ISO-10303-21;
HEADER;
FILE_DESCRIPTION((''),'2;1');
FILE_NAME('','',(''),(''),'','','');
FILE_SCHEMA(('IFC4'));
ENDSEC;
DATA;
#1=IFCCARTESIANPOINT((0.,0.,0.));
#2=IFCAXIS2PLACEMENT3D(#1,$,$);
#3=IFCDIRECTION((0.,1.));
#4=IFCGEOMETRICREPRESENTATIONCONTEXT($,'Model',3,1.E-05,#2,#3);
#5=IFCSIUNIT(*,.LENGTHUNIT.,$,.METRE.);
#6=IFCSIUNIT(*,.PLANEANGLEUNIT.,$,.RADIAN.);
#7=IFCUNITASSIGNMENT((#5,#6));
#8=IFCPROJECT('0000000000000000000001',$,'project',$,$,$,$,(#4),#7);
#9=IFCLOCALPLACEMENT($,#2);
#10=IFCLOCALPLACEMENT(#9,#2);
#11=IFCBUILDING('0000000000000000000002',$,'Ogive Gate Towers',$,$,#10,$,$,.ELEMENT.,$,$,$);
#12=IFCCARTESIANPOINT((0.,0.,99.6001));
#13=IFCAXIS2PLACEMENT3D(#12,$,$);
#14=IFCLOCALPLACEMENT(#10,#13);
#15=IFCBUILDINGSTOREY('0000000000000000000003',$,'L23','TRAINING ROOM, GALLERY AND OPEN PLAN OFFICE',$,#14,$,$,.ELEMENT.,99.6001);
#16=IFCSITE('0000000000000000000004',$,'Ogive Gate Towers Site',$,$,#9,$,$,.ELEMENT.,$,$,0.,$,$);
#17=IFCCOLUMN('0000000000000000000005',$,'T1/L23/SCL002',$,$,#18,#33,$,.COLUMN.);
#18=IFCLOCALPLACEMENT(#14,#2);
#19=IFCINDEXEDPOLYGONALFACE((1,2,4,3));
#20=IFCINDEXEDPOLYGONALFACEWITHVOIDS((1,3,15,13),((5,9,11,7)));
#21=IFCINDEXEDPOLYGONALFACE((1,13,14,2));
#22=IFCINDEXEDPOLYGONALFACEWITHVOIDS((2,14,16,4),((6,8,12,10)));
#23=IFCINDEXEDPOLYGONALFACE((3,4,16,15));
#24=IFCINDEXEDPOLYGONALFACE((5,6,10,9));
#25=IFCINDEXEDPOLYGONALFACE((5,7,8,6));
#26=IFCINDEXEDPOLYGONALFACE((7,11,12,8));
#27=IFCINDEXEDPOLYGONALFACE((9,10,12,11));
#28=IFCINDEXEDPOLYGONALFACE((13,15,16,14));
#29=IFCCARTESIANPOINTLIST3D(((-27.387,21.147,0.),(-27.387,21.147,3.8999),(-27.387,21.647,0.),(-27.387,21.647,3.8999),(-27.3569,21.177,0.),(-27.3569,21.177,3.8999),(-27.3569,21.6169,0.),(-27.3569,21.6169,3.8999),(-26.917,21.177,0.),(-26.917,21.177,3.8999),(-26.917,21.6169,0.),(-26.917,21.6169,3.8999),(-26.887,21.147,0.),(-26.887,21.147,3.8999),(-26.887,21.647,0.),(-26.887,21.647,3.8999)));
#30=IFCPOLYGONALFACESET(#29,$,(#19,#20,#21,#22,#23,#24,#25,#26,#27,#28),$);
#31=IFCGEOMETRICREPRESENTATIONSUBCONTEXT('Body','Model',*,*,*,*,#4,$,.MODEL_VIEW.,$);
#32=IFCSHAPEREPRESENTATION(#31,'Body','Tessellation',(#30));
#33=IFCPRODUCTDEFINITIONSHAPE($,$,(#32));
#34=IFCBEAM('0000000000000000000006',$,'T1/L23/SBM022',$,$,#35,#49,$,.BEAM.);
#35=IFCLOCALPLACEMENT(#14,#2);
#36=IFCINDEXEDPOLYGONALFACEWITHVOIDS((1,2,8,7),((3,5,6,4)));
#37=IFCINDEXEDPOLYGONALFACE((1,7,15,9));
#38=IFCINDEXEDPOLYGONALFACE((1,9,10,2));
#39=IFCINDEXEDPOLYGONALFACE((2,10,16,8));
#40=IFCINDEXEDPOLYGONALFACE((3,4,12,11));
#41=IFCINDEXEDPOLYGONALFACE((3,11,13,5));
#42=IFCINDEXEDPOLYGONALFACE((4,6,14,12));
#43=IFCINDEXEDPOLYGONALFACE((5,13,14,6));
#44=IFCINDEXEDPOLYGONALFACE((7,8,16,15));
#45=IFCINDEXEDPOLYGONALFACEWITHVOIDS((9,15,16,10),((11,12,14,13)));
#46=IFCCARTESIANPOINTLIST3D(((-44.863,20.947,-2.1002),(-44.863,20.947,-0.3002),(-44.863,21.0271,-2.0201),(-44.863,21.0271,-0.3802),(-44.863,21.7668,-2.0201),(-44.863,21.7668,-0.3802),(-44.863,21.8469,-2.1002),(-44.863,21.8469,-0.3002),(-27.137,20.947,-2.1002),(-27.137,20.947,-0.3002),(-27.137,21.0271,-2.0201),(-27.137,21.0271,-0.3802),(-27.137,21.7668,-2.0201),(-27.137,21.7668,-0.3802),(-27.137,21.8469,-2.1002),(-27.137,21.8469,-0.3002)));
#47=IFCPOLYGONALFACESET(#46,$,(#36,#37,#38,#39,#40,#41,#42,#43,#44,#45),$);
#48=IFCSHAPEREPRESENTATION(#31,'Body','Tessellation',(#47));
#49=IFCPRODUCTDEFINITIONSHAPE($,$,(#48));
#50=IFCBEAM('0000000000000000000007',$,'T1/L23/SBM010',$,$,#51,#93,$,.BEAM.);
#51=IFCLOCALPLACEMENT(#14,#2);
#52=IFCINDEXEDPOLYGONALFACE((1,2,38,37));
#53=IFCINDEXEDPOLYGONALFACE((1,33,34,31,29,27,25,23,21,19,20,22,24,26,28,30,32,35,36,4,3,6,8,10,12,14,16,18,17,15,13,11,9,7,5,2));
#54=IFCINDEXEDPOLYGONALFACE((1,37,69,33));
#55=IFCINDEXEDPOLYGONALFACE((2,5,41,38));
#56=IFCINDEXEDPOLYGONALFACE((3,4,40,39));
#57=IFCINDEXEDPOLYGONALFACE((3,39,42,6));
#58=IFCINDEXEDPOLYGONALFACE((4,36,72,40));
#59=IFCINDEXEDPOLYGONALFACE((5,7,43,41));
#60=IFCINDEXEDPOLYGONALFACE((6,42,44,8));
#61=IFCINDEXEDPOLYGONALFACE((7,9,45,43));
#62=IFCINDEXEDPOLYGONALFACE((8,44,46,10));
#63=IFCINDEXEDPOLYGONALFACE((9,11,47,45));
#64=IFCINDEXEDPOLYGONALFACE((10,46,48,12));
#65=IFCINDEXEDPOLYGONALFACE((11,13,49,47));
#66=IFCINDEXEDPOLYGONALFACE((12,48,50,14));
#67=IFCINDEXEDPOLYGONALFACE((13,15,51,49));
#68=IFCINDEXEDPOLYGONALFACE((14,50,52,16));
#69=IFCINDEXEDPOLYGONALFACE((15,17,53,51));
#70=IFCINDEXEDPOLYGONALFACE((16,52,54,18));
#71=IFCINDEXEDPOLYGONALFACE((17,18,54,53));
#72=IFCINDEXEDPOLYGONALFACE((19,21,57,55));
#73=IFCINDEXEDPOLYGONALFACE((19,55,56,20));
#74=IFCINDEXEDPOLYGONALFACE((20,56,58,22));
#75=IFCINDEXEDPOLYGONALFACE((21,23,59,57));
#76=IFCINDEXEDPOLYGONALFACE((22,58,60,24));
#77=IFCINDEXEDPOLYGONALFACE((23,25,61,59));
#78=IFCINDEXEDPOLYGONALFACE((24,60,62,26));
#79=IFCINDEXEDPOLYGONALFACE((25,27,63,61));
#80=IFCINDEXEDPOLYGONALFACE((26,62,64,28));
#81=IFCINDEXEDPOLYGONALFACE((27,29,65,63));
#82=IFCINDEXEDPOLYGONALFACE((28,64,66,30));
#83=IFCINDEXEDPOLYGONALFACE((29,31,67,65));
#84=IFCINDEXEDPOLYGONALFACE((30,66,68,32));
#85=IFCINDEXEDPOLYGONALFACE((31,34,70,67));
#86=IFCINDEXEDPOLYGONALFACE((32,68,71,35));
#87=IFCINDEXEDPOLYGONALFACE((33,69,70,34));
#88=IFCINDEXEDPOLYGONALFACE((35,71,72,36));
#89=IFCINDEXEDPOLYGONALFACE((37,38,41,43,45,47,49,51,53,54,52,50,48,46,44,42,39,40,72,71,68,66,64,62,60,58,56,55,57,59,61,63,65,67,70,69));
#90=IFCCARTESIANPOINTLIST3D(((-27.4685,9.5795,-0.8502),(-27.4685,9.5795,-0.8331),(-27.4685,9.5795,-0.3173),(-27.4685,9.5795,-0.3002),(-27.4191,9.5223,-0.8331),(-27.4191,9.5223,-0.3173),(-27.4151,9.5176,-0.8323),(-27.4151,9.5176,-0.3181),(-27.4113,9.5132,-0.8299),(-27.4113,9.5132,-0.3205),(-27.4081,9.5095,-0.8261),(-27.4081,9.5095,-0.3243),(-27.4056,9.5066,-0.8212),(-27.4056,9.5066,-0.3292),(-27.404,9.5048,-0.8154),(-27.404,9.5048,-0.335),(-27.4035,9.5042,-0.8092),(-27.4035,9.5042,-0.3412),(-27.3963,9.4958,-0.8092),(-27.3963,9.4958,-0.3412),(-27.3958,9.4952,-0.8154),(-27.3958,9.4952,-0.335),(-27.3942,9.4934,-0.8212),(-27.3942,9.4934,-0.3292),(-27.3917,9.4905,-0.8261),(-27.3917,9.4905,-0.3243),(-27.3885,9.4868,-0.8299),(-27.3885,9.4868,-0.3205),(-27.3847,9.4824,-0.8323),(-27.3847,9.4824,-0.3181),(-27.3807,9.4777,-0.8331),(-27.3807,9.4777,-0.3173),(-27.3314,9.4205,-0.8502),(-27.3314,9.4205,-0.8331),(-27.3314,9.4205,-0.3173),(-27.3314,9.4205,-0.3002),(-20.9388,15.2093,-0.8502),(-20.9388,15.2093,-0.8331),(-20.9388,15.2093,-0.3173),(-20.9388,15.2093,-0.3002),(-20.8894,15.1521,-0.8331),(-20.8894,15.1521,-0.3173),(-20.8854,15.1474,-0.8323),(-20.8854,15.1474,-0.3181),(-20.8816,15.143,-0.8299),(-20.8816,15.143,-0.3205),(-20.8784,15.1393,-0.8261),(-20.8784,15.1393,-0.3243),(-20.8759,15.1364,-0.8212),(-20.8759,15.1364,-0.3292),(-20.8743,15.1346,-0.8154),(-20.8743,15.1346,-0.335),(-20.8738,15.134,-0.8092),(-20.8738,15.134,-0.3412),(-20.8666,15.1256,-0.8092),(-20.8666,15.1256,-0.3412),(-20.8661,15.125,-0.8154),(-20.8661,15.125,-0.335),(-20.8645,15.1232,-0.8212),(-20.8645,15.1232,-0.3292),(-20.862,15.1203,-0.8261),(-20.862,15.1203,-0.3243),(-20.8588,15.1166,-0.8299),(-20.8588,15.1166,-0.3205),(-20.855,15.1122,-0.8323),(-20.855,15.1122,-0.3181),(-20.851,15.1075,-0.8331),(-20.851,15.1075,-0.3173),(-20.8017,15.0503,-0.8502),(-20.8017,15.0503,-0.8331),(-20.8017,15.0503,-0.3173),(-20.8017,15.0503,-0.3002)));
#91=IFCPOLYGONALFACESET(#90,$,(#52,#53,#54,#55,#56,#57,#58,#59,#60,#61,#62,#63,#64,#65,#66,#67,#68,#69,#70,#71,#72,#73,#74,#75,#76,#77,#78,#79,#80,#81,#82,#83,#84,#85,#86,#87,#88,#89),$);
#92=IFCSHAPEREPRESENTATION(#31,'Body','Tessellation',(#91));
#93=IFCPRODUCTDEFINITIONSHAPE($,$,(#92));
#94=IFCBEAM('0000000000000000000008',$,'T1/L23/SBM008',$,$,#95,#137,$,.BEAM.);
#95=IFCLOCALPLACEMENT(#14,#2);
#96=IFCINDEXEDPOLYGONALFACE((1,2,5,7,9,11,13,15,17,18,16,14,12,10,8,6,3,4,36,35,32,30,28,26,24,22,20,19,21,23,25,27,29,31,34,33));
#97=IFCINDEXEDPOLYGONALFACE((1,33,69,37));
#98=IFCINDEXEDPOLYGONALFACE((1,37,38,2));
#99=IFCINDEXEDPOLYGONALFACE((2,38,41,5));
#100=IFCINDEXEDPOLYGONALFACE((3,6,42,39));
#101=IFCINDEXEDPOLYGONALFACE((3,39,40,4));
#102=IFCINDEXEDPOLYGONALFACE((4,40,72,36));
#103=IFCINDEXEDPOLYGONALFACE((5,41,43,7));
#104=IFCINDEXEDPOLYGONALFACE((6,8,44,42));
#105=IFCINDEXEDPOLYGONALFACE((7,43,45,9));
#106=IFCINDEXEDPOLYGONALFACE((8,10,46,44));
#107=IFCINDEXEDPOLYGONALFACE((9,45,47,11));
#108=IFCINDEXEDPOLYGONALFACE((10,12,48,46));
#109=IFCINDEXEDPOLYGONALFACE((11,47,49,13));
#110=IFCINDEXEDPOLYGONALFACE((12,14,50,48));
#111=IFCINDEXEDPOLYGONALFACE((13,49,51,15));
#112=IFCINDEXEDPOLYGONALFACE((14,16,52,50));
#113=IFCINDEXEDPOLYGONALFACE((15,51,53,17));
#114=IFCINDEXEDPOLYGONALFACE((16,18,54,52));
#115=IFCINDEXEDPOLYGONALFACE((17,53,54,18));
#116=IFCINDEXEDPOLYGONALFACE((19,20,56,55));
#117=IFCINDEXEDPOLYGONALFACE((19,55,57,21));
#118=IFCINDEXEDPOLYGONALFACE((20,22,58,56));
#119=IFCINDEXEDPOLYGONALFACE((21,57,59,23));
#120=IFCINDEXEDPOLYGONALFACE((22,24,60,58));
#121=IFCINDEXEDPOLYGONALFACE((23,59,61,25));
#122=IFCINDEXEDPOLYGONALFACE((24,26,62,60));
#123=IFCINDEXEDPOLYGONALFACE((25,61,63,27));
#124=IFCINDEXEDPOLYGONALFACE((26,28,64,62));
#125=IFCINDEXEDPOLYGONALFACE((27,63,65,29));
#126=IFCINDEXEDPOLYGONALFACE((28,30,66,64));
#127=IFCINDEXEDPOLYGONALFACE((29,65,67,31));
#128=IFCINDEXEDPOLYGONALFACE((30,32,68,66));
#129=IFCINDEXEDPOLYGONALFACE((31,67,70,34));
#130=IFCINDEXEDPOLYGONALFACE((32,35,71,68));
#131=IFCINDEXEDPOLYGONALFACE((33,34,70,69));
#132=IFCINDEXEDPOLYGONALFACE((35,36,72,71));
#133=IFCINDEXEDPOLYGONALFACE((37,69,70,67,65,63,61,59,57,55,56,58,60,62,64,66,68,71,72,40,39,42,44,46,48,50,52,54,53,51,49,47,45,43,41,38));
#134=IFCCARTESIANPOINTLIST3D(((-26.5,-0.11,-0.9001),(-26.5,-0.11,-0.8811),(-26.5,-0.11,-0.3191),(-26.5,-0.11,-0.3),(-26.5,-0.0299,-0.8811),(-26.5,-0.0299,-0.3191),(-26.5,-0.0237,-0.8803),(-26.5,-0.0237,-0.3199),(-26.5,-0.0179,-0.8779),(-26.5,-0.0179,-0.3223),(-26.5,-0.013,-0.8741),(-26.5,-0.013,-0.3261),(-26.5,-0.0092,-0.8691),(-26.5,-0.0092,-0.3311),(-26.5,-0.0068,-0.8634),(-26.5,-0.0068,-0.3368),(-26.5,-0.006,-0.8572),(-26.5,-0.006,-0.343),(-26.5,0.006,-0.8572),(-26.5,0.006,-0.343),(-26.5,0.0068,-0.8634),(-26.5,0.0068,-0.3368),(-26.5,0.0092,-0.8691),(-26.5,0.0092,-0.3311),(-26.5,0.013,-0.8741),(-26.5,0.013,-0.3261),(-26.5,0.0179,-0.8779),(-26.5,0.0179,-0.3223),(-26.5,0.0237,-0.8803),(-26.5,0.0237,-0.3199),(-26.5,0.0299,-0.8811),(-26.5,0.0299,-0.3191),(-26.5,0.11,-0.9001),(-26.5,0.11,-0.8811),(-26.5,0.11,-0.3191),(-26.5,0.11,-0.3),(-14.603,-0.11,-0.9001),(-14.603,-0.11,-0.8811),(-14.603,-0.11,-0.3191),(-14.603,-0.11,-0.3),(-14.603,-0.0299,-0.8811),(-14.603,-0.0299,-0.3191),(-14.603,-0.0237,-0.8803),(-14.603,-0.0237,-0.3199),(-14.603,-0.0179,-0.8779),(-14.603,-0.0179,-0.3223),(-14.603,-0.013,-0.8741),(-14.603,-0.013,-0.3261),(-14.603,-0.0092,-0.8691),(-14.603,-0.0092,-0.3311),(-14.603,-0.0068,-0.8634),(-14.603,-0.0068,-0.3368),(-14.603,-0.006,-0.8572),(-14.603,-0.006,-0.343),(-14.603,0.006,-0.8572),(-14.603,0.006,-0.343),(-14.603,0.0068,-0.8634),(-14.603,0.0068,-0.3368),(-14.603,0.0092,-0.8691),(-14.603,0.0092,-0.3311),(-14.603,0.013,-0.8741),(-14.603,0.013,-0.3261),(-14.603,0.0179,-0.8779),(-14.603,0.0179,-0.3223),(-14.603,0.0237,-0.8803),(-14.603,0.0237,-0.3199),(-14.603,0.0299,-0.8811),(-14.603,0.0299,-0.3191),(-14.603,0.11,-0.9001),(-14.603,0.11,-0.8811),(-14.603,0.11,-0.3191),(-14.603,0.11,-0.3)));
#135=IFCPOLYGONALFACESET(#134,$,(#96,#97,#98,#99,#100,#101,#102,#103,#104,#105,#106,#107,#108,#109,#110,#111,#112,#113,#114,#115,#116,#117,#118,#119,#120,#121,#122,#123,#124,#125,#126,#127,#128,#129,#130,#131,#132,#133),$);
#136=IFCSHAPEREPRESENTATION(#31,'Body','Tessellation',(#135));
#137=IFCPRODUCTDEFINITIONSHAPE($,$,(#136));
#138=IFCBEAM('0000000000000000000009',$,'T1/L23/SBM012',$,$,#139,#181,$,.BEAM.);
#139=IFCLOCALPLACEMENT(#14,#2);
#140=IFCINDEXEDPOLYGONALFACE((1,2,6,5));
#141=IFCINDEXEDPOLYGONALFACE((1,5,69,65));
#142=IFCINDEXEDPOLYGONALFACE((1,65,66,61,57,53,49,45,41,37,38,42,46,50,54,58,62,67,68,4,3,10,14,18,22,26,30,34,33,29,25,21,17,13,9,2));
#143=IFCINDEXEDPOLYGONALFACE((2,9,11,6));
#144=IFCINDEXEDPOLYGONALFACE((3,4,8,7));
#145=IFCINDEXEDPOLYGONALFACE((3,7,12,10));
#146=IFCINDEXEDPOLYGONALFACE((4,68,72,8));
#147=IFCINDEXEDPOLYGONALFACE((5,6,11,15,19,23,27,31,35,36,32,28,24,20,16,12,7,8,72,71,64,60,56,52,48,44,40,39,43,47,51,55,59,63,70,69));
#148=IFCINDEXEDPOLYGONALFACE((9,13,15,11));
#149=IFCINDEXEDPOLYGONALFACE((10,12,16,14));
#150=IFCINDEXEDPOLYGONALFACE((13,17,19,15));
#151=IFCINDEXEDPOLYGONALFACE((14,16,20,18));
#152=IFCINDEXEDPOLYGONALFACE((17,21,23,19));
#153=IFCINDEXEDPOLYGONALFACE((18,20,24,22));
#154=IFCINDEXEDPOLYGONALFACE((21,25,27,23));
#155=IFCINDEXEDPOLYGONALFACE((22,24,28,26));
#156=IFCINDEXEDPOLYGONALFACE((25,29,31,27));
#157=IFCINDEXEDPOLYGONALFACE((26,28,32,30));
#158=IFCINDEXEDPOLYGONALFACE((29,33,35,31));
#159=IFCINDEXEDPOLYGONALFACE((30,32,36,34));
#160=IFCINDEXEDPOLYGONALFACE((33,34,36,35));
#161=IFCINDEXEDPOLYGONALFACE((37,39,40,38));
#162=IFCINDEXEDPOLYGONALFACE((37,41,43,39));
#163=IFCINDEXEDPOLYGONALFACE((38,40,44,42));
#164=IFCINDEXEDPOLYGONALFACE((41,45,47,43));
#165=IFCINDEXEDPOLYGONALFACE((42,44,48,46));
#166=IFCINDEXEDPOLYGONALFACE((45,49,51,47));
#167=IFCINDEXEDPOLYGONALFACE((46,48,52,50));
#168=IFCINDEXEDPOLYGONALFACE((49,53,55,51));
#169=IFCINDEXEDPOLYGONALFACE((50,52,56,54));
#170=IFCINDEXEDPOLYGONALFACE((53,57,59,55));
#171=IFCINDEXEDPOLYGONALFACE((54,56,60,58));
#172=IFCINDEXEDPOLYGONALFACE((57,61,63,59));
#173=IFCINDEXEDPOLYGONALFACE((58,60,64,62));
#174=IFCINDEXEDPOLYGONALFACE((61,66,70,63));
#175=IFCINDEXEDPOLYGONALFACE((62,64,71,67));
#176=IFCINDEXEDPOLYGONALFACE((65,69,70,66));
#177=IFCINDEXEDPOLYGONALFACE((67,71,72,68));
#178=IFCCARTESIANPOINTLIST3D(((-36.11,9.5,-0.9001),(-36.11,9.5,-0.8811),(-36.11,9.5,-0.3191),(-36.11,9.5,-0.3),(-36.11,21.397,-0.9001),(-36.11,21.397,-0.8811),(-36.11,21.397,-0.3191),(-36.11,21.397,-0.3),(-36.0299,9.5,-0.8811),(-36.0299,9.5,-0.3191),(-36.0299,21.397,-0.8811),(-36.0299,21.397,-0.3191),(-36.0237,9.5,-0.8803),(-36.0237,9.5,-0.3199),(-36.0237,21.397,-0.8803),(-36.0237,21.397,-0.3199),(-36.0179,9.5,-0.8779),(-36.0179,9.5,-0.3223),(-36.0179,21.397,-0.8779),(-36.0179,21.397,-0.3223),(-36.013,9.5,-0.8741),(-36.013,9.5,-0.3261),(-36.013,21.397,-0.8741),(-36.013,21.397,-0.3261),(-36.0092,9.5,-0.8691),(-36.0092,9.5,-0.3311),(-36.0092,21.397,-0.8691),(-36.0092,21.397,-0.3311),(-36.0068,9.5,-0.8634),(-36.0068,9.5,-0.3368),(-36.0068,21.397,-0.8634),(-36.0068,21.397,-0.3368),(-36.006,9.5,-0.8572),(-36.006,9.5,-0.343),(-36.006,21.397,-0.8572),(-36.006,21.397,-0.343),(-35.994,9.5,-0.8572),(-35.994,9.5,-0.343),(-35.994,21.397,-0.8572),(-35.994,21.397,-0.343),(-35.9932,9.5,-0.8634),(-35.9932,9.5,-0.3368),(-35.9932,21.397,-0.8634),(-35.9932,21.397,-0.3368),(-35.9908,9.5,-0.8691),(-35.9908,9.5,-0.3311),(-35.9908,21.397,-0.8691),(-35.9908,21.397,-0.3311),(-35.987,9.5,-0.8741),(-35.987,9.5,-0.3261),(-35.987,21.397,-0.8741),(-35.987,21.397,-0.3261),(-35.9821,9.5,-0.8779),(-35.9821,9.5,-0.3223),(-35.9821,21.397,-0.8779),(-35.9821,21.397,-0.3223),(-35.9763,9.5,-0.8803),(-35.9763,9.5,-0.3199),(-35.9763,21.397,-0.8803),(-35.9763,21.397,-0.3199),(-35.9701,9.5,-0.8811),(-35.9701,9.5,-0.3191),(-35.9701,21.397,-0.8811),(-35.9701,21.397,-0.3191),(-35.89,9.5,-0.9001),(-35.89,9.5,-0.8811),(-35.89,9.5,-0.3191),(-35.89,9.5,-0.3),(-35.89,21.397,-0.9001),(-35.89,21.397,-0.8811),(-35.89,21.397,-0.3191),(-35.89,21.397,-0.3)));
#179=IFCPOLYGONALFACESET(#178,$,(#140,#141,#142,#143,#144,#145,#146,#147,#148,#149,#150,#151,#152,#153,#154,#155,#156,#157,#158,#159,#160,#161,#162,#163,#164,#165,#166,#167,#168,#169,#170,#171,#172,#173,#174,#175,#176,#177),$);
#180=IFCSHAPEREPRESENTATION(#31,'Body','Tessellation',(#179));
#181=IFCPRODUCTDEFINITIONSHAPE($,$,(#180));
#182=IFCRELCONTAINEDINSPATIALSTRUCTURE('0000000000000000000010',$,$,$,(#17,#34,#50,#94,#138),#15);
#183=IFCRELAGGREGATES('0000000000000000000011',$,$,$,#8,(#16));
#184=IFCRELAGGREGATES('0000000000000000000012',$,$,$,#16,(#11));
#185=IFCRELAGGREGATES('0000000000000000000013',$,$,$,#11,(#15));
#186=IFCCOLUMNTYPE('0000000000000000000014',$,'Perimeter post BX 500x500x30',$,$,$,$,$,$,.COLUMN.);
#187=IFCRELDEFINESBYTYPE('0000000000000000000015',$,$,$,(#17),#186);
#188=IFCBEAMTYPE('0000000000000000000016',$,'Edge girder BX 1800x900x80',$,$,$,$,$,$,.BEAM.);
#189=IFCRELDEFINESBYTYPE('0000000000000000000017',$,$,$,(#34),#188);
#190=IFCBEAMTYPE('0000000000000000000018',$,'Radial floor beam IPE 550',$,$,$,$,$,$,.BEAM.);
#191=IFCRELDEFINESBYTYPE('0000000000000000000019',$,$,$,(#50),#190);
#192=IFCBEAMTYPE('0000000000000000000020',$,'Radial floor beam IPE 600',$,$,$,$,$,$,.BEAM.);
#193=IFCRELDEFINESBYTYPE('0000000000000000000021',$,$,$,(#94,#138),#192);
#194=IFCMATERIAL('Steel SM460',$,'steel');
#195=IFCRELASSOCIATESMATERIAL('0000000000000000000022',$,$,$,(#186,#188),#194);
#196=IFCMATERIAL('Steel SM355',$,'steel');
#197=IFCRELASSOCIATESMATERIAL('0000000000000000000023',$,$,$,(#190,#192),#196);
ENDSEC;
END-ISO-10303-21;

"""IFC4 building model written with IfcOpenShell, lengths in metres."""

from ifc_helpers import new_model, si_unit, direction, frame, origin, origin_2d, place, context, subcontext, project, spatial, hollow_rectangle, i_section, extrude, material, material_profile, profile_set, type_object, element, save


model = new_model("IFC4")

# Units and contexts
model_context = context("Model", 3, precision=1e-05, world=origin(), true_north=direction((0.0, 1.0)))
body_context = subcontext(model_context, "Body", "Model", "MODEL_VIEW")
ifc_project = project(units=[si_unit("LENGTHUNIT", "METRE"), si_unit("PLANEANGLEUNIT", "RADIAN")], contexts=[model_context])

# Site, building, storey
site_placement = place(None, origin())
site = spatial("IfcSite", under=ifc_project, at=site_placement, Name="Ogive Gate Towers Site", CompositionType="ELEMENT", RefElevation=0.0)
building_placement = place(site_placement, origin())
building = spatial("IfcBuilding", under=site, at=building_placement, Name="Ogive Gate Towers", CompositionType="ELEMENT")
storey_placement = place(building_placement, frame((0.0, 0.0, 99.6001)))
storey = spatial("IfcBuildingStorey", under=building, at=storey_placement, Name="L23", Description="TRAINING ROOM, GALLERY AND OPEN PLAN OFFICE", CompositionType="ELEMENT", Elevation=99.6001)

# Column
ifc_material_1 = material(Name="Steel SM460", Category="steel")
ifc_material_profile_1 = material_profile(ifc_material_1, hollow_rectangle(XDim=0.5, YDim=0.5, WallThickness=0.03, at=origin_2d()), Name="BX 500x500x30")
ifc_profile_set_1 = profile_set([ifc_material_profile_1], Name="Steel SM460")
column_type = type_object("IfcColumnType", Name="Perimeter post BX 500x500x30", PredefinedType="COLUMN", material=ifc_profile_set_1)
column_placement = place(storey_placement, frame((-27.137, 21.397, 0.0), z_axis=(0.0, 0.0, 1.0), x_axis=(1.0, 0.0, 0.0)))
element("IfcColumn", 1, at=column_placement, inside=storey, type_object=column_type, Name="T1/L23/SCL002", PredefinedType="COLUMN", context=body_context, shape_type="SweptSolid", body=[
    extrude(hollow_rectangle(XDim=0.5, YDim=0.5, WallThickness=0.03, at=origin_2d()), origin(), (0.0, 0.0, 1.0), 3.8999),
])

# Beams
ifc_material_profile_2 = material_profile(ifc_material_1, hollow_rectangle(XDim=0.8999, YDim=1.8, WallThickness=0.0801, at=origin_2d()), Name="BX 1800x900x80")
ifc_profile_set_2 = profile_set([ifc_material_profile_2], Name="Steel SM460")
beam_type_1 = type_object("IfcBeamType", Name="Edge girder BX 1800x900x80", PredefinedType="BEAM", material=ifc_profile_set_2)
beam_1_placement = place(storey_placement, frame((-27.137, 21.397, -1.2002), z_axis=(-1.0, 0.0, 0.0), x_axis=(0.0, -1.0, 0.0)))
element("IfcBeam", 2, at=beam_1_placement, inside=storey, type_object=beam_type_1, Name="T1/L23/SBM022", PredefinedType="BEAM", context=body_context, shape_type="SweptSolid", body=[
    extrude(hollow_rectangle(XDim=0.8999, YDim=1.8, WallThickness=0.0801, at=origin_2d()), origin(), (0.0, 0.0, 1.0), 17.7261),
])
ifc_material_2 = material(Name="Steel SM355", Category="steel")
ifc_material_profile_3 = material_profile(ifc_material_2, i_section(OverallWidth=0.21, OverallDepth=0.55, WebThickness=0.011, FlangeThickness=0.0171, FilletRadius=0.0239, at=origin_2d()), Name="IPE 550")
ifc_profile_set_3 = profile_set([ifc_material_profile_3], Name="Steel SM355")
beam_type_2 = type_object("IfcBeamType", Name="Radial floor beam IPE 550", PredefinedType="BEAM", material=ifc_profile_set_3)
beam_2_placement = place(storey_placement, frame((-27.3999, 9.5, -0.5752), z_axis=(0.757366, 0.65299, 0.0), x_axis=(-0.65299, 0.757366, 0.0)))
element("IfcBeam", 3, at=beam_2_placement, inside=storey, type_object=beam_type_2, Name="T1/L23/SBM010", PredefinedType="BEAM", context=body_context, shape_type="SweptSolid", body=[
    extrude(i_section(OverallWidth=0.21, OverallDepth=0.55, WebThickness=0.011, FlangeThickness=0.0171, FilletRadius=0.0239, at=origin_2d()), origin(), (0.0, 0.0, 1.0), 8.6216),
])
ifc_material_profile_4 = material_profile(ifc_material_2, i_section(OverallWidth=0.22, OverallDepth=0.6001, WebThickness=0.012, FlangeThickness=0.019, FilletRadius=0.0239, at=origin_2d()), Name="IPE 600")
ifc_profile_set_4 = profile_set([ifc_material_profile_4], Name="Steel SM355")
beam_type_3 = type_object("IfcBeamType", Name="Radial floor beam IPE 600", PredefinedType="BEAM", material=ifc_profile_set_4)
for number, where, z_axis, x_axis, name in (
    (4, (-26.5, 0.0, -0.6001), (1.0, 0.0, 0.0), (0.0, 1.0, 0.0), "T1/L23/SBM008"),
    (5, (-36.0, 9.5, -0.6001), (0.0, 1.0, 0.0), (-1.0, 0.0, 0.0), "T1/L23/SBM012"),
):
    element("IfcBeam", number, at=place(storey_placement, frame(where, z_axis=z_axis, x_axis=x_axis)), inside=storey, type_object=beam_type_3, Name=name, PredefinedType="BEAM", context=body_context, shape_type="SweptSolid", body=[
        extrude(i_section(OverallWidth=0.22, OverallDepth=0.6001, WebThickness=0.012, FlangeThickness=0.019, FilletRadius=0.0239, at=origin_2d()), origin(), (0.0, 0.0, 1.0), 11.897),
    ])

save(model, "model.ifc")
